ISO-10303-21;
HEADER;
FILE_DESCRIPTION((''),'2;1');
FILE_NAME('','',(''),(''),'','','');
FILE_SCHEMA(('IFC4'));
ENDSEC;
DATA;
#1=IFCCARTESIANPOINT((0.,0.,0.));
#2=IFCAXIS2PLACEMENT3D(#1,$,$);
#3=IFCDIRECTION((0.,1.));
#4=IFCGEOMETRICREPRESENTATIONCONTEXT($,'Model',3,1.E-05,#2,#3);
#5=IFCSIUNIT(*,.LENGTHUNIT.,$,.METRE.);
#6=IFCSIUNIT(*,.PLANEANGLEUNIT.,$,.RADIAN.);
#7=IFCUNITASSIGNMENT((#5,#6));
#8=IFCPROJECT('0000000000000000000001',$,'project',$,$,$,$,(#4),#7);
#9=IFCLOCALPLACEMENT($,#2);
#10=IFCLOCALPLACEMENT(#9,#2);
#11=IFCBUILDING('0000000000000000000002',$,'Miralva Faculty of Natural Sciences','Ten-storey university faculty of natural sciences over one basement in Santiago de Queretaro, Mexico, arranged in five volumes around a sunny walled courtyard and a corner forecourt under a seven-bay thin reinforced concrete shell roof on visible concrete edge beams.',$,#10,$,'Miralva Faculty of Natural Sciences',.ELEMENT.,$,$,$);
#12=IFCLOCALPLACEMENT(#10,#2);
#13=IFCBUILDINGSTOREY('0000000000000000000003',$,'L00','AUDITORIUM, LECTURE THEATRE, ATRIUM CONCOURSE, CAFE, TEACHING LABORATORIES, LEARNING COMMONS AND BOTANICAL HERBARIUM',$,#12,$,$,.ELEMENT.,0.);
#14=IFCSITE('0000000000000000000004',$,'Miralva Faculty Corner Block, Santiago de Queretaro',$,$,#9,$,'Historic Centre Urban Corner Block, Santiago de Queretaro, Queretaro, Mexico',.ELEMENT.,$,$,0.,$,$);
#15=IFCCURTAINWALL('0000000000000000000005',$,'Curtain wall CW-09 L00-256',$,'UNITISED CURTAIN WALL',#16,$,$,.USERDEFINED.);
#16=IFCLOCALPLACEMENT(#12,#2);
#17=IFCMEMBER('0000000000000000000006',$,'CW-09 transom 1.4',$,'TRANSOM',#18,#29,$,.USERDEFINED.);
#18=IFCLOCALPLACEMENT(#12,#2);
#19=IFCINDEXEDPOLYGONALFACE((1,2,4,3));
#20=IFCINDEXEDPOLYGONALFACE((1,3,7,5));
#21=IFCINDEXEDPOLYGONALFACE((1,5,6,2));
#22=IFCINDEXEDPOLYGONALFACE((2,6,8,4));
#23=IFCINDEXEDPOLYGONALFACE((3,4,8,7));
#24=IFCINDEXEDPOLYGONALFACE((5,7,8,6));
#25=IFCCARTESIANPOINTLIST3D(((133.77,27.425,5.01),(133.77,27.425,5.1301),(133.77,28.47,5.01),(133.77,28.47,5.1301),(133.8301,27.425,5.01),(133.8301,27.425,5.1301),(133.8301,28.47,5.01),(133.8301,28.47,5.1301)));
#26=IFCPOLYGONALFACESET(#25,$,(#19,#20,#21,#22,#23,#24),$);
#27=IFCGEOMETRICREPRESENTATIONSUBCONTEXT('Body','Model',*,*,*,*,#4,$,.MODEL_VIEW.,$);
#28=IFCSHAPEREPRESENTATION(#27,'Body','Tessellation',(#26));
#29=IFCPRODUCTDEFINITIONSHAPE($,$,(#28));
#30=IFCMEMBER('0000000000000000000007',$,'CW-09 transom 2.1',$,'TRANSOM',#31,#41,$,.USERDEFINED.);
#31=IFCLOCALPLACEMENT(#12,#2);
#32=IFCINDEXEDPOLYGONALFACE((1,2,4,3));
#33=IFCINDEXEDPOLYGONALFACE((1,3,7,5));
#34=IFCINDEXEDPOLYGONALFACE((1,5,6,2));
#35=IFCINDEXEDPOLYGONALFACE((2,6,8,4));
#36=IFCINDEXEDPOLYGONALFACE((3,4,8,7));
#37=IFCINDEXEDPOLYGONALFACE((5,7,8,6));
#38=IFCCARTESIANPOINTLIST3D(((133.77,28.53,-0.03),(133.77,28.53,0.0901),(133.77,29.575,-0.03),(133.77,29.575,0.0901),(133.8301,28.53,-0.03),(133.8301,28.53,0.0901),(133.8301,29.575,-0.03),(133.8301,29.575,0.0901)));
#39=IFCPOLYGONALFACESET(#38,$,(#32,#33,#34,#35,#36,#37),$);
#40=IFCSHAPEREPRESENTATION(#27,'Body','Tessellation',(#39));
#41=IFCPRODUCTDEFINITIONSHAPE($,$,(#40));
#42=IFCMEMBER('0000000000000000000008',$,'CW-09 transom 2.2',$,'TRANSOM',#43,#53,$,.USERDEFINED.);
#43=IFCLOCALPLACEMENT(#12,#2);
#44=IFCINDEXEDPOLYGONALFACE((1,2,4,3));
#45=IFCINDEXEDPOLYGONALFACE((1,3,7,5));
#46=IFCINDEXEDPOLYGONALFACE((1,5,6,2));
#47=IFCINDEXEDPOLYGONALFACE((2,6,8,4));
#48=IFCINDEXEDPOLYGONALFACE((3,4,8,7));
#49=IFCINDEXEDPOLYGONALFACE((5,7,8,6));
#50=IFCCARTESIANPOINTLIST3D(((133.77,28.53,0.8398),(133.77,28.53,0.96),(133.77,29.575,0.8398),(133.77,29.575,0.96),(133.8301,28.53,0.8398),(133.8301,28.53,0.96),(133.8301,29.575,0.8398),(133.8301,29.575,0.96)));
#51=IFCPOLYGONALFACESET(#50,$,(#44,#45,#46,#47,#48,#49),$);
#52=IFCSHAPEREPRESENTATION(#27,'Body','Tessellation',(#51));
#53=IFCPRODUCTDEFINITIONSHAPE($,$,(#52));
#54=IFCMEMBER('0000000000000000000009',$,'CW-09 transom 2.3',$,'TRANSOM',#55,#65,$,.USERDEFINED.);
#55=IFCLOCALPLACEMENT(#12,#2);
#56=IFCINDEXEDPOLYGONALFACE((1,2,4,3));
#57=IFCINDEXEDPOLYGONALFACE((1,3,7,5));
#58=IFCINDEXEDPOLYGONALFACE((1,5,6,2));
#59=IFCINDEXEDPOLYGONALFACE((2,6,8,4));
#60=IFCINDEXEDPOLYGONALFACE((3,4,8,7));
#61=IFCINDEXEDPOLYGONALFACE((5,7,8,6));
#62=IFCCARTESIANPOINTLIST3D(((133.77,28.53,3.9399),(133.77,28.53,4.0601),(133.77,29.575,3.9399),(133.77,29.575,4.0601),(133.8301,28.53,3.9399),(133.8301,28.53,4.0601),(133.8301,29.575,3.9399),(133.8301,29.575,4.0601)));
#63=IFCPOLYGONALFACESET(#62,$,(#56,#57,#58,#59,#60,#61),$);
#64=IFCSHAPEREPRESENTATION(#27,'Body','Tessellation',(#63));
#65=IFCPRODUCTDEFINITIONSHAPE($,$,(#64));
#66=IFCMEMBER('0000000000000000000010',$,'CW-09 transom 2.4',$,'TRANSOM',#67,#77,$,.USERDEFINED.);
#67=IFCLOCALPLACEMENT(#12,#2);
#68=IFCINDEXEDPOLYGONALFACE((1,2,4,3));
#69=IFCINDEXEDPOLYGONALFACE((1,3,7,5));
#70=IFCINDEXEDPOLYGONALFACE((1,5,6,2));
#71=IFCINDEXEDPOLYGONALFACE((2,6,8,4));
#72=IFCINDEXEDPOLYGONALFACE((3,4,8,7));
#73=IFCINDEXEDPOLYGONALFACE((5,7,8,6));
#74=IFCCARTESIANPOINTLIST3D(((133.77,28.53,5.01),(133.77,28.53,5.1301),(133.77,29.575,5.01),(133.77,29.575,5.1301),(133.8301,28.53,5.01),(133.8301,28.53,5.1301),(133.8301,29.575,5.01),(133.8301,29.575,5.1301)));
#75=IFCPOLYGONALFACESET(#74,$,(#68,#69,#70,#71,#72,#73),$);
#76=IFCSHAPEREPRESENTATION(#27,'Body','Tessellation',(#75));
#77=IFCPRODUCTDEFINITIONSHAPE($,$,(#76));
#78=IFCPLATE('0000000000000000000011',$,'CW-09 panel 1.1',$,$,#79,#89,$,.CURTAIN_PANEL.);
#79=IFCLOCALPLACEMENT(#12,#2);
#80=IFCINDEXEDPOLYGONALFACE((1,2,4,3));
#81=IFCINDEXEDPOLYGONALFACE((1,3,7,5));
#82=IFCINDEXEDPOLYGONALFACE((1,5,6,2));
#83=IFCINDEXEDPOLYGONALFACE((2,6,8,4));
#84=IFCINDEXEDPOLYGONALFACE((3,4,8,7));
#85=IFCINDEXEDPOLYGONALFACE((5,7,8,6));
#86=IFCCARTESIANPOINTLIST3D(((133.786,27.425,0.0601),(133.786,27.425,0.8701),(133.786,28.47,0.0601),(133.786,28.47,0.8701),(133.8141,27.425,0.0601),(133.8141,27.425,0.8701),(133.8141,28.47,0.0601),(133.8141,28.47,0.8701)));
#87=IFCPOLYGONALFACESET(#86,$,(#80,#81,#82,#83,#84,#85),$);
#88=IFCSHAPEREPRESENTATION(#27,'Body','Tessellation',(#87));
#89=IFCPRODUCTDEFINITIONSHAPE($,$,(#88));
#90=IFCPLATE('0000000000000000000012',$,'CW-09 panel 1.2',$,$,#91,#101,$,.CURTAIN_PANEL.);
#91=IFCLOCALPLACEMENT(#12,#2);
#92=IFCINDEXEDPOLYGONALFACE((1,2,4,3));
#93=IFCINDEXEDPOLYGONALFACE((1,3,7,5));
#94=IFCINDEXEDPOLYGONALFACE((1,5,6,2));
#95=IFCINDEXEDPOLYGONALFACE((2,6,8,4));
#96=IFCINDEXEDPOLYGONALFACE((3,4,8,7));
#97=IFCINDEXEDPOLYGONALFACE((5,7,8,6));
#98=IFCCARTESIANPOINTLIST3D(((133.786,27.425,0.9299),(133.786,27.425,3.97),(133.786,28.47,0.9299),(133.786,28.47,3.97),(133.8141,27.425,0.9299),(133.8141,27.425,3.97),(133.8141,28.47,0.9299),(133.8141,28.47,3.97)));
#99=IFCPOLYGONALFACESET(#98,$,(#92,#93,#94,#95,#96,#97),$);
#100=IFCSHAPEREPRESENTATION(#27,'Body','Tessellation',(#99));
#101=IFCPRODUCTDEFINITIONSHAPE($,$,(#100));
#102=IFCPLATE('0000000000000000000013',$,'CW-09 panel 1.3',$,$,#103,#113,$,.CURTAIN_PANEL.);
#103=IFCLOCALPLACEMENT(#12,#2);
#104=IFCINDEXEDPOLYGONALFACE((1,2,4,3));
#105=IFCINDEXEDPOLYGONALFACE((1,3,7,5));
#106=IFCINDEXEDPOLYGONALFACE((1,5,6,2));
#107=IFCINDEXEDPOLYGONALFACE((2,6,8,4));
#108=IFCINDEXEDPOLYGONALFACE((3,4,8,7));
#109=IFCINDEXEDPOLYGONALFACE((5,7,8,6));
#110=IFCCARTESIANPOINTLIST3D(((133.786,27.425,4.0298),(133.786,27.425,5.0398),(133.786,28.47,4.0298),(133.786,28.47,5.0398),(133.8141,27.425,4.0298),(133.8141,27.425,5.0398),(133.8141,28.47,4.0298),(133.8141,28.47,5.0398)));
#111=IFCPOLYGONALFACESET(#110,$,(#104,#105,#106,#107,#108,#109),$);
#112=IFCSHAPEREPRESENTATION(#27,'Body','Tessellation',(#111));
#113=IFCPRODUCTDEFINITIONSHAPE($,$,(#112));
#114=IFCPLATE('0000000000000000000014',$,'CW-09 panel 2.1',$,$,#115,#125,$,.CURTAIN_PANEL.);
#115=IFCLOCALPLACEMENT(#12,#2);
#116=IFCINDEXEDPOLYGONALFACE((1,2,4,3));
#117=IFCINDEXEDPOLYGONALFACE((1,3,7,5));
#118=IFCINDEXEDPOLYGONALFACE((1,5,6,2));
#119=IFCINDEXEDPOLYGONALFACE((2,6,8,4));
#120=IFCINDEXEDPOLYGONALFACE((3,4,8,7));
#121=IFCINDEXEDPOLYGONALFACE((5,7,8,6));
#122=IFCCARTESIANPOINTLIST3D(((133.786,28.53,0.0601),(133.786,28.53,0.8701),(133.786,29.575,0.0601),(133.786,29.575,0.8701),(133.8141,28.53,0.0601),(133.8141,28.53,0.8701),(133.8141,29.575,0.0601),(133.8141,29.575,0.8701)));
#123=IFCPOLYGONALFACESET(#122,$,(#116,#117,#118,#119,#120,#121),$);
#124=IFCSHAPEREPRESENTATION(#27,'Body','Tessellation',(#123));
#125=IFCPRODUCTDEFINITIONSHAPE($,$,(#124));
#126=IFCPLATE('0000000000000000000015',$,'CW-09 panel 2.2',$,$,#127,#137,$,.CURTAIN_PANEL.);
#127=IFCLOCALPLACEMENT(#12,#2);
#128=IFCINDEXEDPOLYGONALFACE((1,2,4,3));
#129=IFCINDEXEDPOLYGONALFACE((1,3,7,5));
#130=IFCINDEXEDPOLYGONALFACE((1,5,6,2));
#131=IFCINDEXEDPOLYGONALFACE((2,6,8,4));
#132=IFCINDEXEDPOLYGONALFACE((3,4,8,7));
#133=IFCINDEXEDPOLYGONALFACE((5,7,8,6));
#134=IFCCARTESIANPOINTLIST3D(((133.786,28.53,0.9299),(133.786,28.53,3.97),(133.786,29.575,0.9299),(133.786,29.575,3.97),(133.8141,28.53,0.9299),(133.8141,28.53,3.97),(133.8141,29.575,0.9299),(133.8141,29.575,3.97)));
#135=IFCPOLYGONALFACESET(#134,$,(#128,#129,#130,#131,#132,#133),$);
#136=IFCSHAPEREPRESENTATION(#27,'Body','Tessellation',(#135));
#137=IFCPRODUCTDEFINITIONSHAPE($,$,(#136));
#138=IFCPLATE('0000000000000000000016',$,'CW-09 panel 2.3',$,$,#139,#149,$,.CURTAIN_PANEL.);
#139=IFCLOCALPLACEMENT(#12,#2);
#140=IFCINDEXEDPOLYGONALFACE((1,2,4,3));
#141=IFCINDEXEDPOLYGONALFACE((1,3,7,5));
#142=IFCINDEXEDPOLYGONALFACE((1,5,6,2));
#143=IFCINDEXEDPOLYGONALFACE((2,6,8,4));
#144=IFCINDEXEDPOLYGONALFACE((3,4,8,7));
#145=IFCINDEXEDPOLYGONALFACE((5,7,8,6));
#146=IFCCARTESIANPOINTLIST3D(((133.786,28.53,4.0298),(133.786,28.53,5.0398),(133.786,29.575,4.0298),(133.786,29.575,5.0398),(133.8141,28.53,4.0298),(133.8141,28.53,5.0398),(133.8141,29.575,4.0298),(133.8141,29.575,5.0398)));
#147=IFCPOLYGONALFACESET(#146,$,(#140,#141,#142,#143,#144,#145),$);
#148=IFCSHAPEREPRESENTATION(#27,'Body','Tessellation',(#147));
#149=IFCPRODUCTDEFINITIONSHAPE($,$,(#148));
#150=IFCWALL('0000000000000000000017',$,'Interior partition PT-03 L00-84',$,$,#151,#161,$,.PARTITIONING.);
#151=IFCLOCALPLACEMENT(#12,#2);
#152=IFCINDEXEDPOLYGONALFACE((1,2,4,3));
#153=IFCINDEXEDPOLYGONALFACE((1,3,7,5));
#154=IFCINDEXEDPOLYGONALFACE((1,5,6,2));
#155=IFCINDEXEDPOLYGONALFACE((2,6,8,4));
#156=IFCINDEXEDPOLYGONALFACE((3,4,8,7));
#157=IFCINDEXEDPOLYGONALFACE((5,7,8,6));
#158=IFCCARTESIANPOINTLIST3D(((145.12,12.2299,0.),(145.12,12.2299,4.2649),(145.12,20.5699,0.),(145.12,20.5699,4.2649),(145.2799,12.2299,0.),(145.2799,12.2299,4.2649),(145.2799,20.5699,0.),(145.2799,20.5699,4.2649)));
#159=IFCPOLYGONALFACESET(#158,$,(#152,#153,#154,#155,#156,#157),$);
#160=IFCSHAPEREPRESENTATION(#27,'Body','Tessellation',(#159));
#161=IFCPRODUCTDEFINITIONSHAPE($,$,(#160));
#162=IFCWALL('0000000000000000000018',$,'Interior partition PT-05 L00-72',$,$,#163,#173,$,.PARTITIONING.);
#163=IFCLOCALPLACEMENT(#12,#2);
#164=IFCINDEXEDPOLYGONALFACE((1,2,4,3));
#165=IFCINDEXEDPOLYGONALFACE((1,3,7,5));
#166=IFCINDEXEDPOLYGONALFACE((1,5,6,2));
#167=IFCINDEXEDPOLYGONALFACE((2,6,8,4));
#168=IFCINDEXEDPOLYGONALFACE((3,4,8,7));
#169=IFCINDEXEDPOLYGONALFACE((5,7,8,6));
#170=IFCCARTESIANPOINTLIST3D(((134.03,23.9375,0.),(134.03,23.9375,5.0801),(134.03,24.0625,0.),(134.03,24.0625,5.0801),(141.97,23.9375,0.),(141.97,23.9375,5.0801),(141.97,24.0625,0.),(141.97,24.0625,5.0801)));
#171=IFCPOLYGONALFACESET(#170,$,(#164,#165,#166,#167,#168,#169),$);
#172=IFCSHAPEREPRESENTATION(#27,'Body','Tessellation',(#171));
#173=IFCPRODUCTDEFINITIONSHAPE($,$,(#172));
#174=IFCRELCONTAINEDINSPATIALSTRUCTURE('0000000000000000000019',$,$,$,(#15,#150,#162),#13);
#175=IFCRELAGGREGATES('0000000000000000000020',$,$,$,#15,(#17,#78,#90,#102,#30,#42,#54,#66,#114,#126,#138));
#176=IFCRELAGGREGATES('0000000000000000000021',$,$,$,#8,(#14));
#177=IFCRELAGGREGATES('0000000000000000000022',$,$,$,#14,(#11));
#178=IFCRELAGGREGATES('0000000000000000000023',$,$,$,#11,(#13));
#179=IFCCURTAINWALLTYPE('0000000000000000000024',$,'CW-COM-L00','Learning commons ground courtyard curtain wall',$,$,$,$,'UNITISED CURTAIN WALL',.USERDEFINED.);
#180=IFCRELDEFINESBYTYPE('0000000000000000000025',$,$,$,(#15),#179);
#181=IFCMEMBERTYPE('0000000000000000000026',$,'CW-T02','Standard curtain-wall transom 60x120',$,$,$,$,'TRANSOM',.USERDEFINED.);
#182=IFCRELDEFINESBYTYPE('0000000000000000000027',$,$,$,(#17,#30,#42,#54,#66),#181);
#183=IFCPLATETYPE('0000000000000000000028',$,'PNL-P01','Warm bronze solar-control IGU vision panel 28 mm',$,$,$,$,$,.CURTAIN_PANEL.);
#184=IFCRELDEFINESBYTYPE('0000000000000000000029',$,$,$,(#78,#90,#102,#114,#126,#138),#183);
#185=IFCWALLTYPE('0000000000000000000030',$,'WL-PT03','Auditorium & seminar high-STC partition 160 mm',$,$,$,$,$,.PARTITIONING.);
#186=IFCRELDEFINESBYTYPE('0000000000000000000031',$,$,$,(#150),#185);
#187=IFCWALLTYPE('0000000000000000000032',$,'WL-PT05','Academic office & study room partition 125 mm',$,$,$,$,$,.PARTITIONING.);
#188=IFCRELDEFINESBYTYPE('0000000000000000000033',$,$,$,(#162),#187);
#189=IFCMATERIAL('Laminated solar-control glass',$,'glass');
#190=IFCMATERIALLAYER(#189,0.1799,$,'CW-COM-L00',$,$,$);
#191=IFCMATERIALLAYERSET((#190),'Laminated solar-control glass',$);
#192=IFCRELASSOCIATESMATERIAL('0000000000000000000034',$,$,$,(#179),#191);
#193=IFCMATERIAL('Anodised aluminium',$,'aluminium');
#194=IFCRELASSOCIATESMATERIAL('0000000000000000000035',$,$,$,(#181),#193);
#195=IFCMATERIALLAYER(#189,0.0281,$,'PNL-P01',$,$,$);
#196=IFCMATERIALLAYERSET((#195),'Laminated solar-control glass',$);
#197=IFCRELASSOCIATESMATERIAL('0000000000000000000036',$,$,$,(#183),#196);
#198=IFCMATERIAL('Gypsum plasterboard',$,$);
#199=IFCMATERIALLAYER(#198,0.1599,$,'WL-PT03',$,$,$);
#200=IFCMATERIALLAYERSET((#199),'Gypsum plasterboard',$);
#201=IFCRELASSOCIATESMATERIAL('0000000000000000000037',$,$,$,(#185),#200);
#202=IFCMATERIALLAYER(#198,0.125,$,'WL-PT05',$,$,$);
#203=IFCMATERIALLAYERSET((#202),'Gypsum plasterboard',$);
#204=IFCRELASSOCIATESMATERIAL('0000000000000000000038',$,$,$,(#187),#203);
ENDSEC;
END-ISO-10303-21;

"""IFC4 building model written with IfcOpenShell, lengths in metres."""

from ifc_helpers import new_model, si_unit, direction, frame, frame_2d, origin, origin_2d, place, context, subcontext, project, spatial, rectangle, extrude, material, layer, layer_set, material_profile, profile_set, type_object, element, aggregate, save


model = new_model("IFC4")

# Units and contexts
model_context = context("Model", 3, precision=1e-05, world=origin(), true_north=direction((0.0, 1.0)))
body_context = subcontext(model_context, "Body", "Model", "MODEL_VIEW")
ifc_project = project(units=[si_unit("LENGTHUNIT", "METRE"), si_unit("PLANEANGLEUNIT", "RADIAN")], contexts=[model_context])

# Site, building, storey
site_placement = place(None, origin())
site = spatial("IfcSite", under=ifc_project, at=site_placement, Name="Miralva Faculty Corner Block, Santiago de Queretaro", LongName="Historic Centre Urban Corner Block, Santiago de Queretaro, Queretaro, Mexico", CompositionType="ELEMENT", RefElevation=0.0)
building_placement = place(site_placement, origin())
building = spatial("IfcBuilding", under=site, at=building_placement, Name="Miralva Faculty of Natural Sciences", Description="Ten-storey university faculty of natural sciences over one basement in Santiago de Queretaro, Mexico, arranged in five volumes around a sunny walled courtyard and a corner forecourt under a seven-bay thin reinforced concrete shell roof on visible concrete edge beams.", LongName="Miralva Faculty of Natural Sciences", CompositionType="ELEMENT")
storey_placement = place(building_placement, origin())
storey = spatial("IfcBuildingStorey", under=building, at=storey_placement, Name="L00", Description="AUDITORIUM, LECTURE THEATRE, ATRIUM CONCOURSE, CAFE, TEACHING LABORATORIES, LEARNING COMMONS AND BOTANICAL HERBARIUM", CompositionType="ELEMENT", Elevation=0.0)

# Curtain wall, members, plates
ifc_material_1 = material(Name="Laminated solar-control glass", Category="glass")
ifc_layer_1 = layer(ifc_material_1, 0.1799, Name="CW-COM-L00")
ifc_layer_set_1 = layer_set([ifc_layer_1], Name="Laminated solar-control glass")
curtain_wall_type = type_object("IfcCurtainWallType", Name="CW-COM-L00", Description="Learning commons ground courtyard curtain wall", ElementType="UNITISED CURTAIN WALL", PredefinedType="USERDEFINED", material=ifc_layer_set_1)
curtain_wall_placement = place(storey_placement, origin())
curtain_wall = element("IfcCurtainWall", 1, at=curtain_wall_placement, inside=storey, type_object=curtain_wall_type, Name="Curtain wall CW-09 L00-256", ObjectType="UNITISED CURTAIN WALL", PredefinedType="USERDEFINED")
ifc_material_2 = material(Name="Anodised aluminium", Category="aluminium")
ifc_material_profile_1 = material_profile(ifc_material_2, rectangle(XDim=0.0601, YDim=0.1201, at=origin_2d()), Name="TRANSOM 60x120")
ifc_profile_set_1 = profile_set([ifc_material_profile_1], Name="Anodised aluminium")
member_type_1 = type_object("IfcMemberType", Name="CW-T02", Description="Standard curtain-wall transom 60x120", ElementType="TRANSOM", PredefinedType="USERDEFINED", material=ifc_profile_set_1)
member_1_placement = place(storey_placement, frame((133.8, 27.425, 5.0701), z_axis=(0.0, 1.0, 0.0), x_axis=(-1.0, 0.0, 0.0)))
member_1 = element("IfcMember", 2, at=member_1_placement, type_object=member_type_1, Name="CW-09 transom 1.4", ObjectType="TRANSOM", PredefinedType="USERDEFINED", context=body_context, shape_type="SweptSolid", body=[
    extrude(rectangle(XDim=0.0601, YDim=0.1201, at=origin_2d()), origin(), (0.0, 0.0, 1.0), 1.0449),
])
member_2_placement = place(storey_placement, frame((133.8, 28.53, 0.03), z_axis=(0.0, 1.0, 0.0), x_axis=(-1.0, 0.0, 0.0)))
member_2 = element("IfcMember", 3, at=member_2_placement, type_object=member_type_1, Name="CW-09 transom 2.1", ObjectType="TRANSOM", PredefinedType="USERDEFINED", context=body_context, shape_type="SweptSolid", body=[
    extrude(rectangle(XDim=0.0601, YDim=0.1201, at=origin_2d()), origin(), (0.0, 0.0, 1.0), 1.0449),
])
member_3_placement = place(storey_placement, frame((133.8, 28.53, 0.8999), z_axis=(0.0, 1.0, 0.0), x_axis=(-1.0, 0.0, 0.0)))
member_3 = element("IfcMember", 4, at=member_3_placement, type_object=member_type_1, Name="CW-09 transom 2.2", ObjectType="TRANSOM", PredefinedType="USERDEFINED", context=body_context, shape_type="SweptSolid", body=[
    extrude(rectangle(XDim=0.0601, YDim=0.1201, at=origin_2d()), origin(), (0.0, 0.0, 1.0), 1.0449),
])
member_4_placement = place(storey_placement, frame((133.8, 28.53, 4.0), z_axis=(0.0, 1.0, 0.0), x_axis=(-1.0, 0.0, 0.0)))
member_4 = element("IfcMember", 5, at=member_4_placement, type_object=member_type_1, Name="CW-09 transom 2.3", ObjectType="TRANSOM", PredefinedType="USERDEFINED", context=body_context, shape_type="SweptSolid", body=[
    extrude(rectangle(XDim=0.0601, YDim=0.1201, at=origin_2d()), origin(), (0.0, 0.0, 1.0), 1.0449),
])
member_5_placement = place(storey_placement, frame((133.8, 28.53, 5.0701), z_axis=(0.0, 1.0, 0.0), x_axis=(-1.0, 0.0, 0.0)))
member_5 = element("IfcMember", 6, at=member_5_placement, type_object=member_type_1, Name="CW-09 transom 2.4", ObjectType="TRANSOM", PredefinedType="USERDEFINED", context=body_context, shape_type="SweptSolid", body=[
    extrude(rectangle(XDim=0.0601, YDim=0.1201, at=origin_2d()), origin(), (0.0, 0.0, 1.0), 1.0449),
])
ifc_layer_2 = layer(ifc_material_1, 0.0281, Name="PNL-P01")
ifc_layer_set_2 = layer_set([ifc_layer_2], Name="Laminated solar-control glass")
plate_type = type_object("IfcPlateType", Name="PNL-P01", Description="Warm bronze solar-control IGU vision panel 28 mm", PredefinedType="CURTAIN_PANEL", material=ifc_layer_set_2)
plate_1_placement = place(storey_placement, frame((133.8, 27.9475, 0.0601), z_axis=(0.0, 0.0, 1.0), x_axis=(0.0, 1.0, 0.0)))
plate_1 = element("IfcPlate", 7, at=plate_1_placement, type_object=plate_type, Name="CW-09 panel 1.1", PredefinedType="CURTAIN_PANEL", context=body_context, shape_type="SweptSolid", body=[
    extrude(rectangle(XDim=1.0449, YDim=0.0281, at=origin_2d()), origin(), (0.0, 0.0, 1.0), 0.8101),
])
plate_2_placement = place(storey_placement, frame((133.8, 27.9475, 0.9299), z_axis=(0.0, 0.0, 1.0), x_axis=(0.0, 1.0, 0.0)))
plate_2 = element("IfcPlate", 8, at=plate_2_placement, type_object=plate_type, Name="CW-09 panel 1.2", PredefinedType="CURTAIN_PANEL", context=body_context, shape_type="SweptSolid", body=[
    extrude(rectangle(XDim=1.0449, YDim=0.0281, at=origin_2d()), origin(), (0.0, 0.0, 1.0), 3.04),
])
plate_3_placement = place(storey_placement, frame((133.8, 27.9475, 4.0298), z_axis=(0.0, 0.0, 1.0), x_axis=(0.0, 1.0, 0.0)))
plate_3 = element("IfcPlate", 9, at=plate_3_placement, type_object=plate_type, Name="CW-09 panel 1.3", PredefinedType="CURTAIN_PANEL", context=body_context, shape_type="SweptSolid", body=[
    extrude(rectangle(XDim=1.0449, YDim=0.0281, at=origin_2d()), origin(), (0.0, 0.0, 1.0), 1.01),
])
plate_4_placement = place(storey_placement, frame((133.8, 29.0525, 0.0601), z_axis=(0.0, 0.0, 1.0), x_axis=(0.0, 1.0, 0.0)))
plate_4 = element("IfcPlate", 10, at=plate_4_placement, type_object=plate_type, Name="CW-09 panel 2.1", PredefinedType="CURTAIN_PANEL", context=body_context, shape_type="SweptSolid", body=[
    extrude(rectangle(XDim=1.0449, YDim=0.0281, at=origin_2d()), origin(), (0.0, 0.0, 1.0), 0.8101),
])
plate_5_placement = place(storey_placement, frame((133.8, 29.0525, 0.9299), z_axis=(0.0, 0.0, 1.0), x_axis=(0.0, 1.0, 0.0)))
plate_5 = element("IfcPlate", 11, at=plate_5_placement, type_object=plate_type, Name="CW-09 panel 2.2", PredefinedType="CURTAIN_PANEL", context=body_context, shape_type="SweptSolid", body=[
    extrude(rectangle(XDim=1.0449, YDim=0.0281, at=origin_2d()), origin(), (0.0, 0.0, 1.0), 3.04),
])
plate_6_placement = place(storey_placement, frame((133.8, 29.0525, 4.0298), z_axis=(0.0, 0.0, 1.0), x_axis=(0.0, 1.0, 0.0)))
plate_6 = element("IfcPlate", 12, at=plate_6_placement, type_object=plate_type, Name="CW-09 panel 2.3", PredefinedType="CURTAIN_PANEL", context=body_context, shape_type="SweptSolid", body=[
    extrude(rectangle(XDim=1.0449, YDim=0.0281, at=origin_2d()), origin(), (0.0, 0.0, 1.0), 1.01),
])
aggregate(curtain_wall, [member_1, plate_1, plate_2, plate_3, member_2, member_3, member_4, member_5, plate_4, plate_5, plate_6])

# Walls
ifc_material_3 = material(Name="Gypsum plasterboard")
ifc_layer_3 = layer(ifc_material_3, 0.1599, Name="WL-PT03")
ifc_layer_set_3 = layer_set([ifc_layer_3], Name="Gypsum plasterboard")
wall_type_1 = type_object("IfcWallType", Name="WL-PT03", Description="Auditorium & seminar high-STC partition 160 mm", PredefinedType="PARTITIONING", material=ifc_layer_set_3)
wall_1_placement = place(storey_placement, frame((145.2, 12.23, 0.0), z_axis=(0.0, 0.0, 1.0), x_axis=(0.0, 1.0, 0.0)))
element("IfcWall", 13, at=wall_1_placement, inside=storey, type_object=wall_type_1, Name="Interior partition PT-03 L00-84", PredefinedType="PARTITIONING", context=body_context, shape_type="SweptSolid", body=[
    extrude(rectangle(XDim=8.3401, YDim=0.1599, at=frame_2d((4.1699, 0.0))), origin(), (0.0, 0.0, 1.0), 4.2649),
])
ifc_layer_4 = layer(ifc_material_3, 0.125, Name="WL-PT05")
ifc_layer_set_4 = layer_set([ifc_layer_4], Name="Gypsum plasterboard")
wall_type_2 = type_object("IfcWallType", Name="WL-PT05", Description="Academic office & study room partition 125 mm", PredefinedType="PARTITIONING", material=ifc_layer_set_4)
wall_2_placement = place(storey_placement, frame((134.03, 24.0, 0.0), z_axis=(0.0, 0.0, 1.0), x_axis=(1.0, 0.0, 0.0)))
element("IfcWall", 14, at=wall_2_placement, inside=storey, type_object=wall_type_2, Name="Interior partition PT-05 L00-72", PredefinedType="PARTITIONING", context=body_context, shape_type="SweptSolid", body=[
    extrude(rectangle(XDim=7.9399, YDim=0.125, at=frame_2d((3.97, 0.0))), origin(), (0.0, 0.0, 1.0), 5.0801),
])

save(model, "model.ifc")
